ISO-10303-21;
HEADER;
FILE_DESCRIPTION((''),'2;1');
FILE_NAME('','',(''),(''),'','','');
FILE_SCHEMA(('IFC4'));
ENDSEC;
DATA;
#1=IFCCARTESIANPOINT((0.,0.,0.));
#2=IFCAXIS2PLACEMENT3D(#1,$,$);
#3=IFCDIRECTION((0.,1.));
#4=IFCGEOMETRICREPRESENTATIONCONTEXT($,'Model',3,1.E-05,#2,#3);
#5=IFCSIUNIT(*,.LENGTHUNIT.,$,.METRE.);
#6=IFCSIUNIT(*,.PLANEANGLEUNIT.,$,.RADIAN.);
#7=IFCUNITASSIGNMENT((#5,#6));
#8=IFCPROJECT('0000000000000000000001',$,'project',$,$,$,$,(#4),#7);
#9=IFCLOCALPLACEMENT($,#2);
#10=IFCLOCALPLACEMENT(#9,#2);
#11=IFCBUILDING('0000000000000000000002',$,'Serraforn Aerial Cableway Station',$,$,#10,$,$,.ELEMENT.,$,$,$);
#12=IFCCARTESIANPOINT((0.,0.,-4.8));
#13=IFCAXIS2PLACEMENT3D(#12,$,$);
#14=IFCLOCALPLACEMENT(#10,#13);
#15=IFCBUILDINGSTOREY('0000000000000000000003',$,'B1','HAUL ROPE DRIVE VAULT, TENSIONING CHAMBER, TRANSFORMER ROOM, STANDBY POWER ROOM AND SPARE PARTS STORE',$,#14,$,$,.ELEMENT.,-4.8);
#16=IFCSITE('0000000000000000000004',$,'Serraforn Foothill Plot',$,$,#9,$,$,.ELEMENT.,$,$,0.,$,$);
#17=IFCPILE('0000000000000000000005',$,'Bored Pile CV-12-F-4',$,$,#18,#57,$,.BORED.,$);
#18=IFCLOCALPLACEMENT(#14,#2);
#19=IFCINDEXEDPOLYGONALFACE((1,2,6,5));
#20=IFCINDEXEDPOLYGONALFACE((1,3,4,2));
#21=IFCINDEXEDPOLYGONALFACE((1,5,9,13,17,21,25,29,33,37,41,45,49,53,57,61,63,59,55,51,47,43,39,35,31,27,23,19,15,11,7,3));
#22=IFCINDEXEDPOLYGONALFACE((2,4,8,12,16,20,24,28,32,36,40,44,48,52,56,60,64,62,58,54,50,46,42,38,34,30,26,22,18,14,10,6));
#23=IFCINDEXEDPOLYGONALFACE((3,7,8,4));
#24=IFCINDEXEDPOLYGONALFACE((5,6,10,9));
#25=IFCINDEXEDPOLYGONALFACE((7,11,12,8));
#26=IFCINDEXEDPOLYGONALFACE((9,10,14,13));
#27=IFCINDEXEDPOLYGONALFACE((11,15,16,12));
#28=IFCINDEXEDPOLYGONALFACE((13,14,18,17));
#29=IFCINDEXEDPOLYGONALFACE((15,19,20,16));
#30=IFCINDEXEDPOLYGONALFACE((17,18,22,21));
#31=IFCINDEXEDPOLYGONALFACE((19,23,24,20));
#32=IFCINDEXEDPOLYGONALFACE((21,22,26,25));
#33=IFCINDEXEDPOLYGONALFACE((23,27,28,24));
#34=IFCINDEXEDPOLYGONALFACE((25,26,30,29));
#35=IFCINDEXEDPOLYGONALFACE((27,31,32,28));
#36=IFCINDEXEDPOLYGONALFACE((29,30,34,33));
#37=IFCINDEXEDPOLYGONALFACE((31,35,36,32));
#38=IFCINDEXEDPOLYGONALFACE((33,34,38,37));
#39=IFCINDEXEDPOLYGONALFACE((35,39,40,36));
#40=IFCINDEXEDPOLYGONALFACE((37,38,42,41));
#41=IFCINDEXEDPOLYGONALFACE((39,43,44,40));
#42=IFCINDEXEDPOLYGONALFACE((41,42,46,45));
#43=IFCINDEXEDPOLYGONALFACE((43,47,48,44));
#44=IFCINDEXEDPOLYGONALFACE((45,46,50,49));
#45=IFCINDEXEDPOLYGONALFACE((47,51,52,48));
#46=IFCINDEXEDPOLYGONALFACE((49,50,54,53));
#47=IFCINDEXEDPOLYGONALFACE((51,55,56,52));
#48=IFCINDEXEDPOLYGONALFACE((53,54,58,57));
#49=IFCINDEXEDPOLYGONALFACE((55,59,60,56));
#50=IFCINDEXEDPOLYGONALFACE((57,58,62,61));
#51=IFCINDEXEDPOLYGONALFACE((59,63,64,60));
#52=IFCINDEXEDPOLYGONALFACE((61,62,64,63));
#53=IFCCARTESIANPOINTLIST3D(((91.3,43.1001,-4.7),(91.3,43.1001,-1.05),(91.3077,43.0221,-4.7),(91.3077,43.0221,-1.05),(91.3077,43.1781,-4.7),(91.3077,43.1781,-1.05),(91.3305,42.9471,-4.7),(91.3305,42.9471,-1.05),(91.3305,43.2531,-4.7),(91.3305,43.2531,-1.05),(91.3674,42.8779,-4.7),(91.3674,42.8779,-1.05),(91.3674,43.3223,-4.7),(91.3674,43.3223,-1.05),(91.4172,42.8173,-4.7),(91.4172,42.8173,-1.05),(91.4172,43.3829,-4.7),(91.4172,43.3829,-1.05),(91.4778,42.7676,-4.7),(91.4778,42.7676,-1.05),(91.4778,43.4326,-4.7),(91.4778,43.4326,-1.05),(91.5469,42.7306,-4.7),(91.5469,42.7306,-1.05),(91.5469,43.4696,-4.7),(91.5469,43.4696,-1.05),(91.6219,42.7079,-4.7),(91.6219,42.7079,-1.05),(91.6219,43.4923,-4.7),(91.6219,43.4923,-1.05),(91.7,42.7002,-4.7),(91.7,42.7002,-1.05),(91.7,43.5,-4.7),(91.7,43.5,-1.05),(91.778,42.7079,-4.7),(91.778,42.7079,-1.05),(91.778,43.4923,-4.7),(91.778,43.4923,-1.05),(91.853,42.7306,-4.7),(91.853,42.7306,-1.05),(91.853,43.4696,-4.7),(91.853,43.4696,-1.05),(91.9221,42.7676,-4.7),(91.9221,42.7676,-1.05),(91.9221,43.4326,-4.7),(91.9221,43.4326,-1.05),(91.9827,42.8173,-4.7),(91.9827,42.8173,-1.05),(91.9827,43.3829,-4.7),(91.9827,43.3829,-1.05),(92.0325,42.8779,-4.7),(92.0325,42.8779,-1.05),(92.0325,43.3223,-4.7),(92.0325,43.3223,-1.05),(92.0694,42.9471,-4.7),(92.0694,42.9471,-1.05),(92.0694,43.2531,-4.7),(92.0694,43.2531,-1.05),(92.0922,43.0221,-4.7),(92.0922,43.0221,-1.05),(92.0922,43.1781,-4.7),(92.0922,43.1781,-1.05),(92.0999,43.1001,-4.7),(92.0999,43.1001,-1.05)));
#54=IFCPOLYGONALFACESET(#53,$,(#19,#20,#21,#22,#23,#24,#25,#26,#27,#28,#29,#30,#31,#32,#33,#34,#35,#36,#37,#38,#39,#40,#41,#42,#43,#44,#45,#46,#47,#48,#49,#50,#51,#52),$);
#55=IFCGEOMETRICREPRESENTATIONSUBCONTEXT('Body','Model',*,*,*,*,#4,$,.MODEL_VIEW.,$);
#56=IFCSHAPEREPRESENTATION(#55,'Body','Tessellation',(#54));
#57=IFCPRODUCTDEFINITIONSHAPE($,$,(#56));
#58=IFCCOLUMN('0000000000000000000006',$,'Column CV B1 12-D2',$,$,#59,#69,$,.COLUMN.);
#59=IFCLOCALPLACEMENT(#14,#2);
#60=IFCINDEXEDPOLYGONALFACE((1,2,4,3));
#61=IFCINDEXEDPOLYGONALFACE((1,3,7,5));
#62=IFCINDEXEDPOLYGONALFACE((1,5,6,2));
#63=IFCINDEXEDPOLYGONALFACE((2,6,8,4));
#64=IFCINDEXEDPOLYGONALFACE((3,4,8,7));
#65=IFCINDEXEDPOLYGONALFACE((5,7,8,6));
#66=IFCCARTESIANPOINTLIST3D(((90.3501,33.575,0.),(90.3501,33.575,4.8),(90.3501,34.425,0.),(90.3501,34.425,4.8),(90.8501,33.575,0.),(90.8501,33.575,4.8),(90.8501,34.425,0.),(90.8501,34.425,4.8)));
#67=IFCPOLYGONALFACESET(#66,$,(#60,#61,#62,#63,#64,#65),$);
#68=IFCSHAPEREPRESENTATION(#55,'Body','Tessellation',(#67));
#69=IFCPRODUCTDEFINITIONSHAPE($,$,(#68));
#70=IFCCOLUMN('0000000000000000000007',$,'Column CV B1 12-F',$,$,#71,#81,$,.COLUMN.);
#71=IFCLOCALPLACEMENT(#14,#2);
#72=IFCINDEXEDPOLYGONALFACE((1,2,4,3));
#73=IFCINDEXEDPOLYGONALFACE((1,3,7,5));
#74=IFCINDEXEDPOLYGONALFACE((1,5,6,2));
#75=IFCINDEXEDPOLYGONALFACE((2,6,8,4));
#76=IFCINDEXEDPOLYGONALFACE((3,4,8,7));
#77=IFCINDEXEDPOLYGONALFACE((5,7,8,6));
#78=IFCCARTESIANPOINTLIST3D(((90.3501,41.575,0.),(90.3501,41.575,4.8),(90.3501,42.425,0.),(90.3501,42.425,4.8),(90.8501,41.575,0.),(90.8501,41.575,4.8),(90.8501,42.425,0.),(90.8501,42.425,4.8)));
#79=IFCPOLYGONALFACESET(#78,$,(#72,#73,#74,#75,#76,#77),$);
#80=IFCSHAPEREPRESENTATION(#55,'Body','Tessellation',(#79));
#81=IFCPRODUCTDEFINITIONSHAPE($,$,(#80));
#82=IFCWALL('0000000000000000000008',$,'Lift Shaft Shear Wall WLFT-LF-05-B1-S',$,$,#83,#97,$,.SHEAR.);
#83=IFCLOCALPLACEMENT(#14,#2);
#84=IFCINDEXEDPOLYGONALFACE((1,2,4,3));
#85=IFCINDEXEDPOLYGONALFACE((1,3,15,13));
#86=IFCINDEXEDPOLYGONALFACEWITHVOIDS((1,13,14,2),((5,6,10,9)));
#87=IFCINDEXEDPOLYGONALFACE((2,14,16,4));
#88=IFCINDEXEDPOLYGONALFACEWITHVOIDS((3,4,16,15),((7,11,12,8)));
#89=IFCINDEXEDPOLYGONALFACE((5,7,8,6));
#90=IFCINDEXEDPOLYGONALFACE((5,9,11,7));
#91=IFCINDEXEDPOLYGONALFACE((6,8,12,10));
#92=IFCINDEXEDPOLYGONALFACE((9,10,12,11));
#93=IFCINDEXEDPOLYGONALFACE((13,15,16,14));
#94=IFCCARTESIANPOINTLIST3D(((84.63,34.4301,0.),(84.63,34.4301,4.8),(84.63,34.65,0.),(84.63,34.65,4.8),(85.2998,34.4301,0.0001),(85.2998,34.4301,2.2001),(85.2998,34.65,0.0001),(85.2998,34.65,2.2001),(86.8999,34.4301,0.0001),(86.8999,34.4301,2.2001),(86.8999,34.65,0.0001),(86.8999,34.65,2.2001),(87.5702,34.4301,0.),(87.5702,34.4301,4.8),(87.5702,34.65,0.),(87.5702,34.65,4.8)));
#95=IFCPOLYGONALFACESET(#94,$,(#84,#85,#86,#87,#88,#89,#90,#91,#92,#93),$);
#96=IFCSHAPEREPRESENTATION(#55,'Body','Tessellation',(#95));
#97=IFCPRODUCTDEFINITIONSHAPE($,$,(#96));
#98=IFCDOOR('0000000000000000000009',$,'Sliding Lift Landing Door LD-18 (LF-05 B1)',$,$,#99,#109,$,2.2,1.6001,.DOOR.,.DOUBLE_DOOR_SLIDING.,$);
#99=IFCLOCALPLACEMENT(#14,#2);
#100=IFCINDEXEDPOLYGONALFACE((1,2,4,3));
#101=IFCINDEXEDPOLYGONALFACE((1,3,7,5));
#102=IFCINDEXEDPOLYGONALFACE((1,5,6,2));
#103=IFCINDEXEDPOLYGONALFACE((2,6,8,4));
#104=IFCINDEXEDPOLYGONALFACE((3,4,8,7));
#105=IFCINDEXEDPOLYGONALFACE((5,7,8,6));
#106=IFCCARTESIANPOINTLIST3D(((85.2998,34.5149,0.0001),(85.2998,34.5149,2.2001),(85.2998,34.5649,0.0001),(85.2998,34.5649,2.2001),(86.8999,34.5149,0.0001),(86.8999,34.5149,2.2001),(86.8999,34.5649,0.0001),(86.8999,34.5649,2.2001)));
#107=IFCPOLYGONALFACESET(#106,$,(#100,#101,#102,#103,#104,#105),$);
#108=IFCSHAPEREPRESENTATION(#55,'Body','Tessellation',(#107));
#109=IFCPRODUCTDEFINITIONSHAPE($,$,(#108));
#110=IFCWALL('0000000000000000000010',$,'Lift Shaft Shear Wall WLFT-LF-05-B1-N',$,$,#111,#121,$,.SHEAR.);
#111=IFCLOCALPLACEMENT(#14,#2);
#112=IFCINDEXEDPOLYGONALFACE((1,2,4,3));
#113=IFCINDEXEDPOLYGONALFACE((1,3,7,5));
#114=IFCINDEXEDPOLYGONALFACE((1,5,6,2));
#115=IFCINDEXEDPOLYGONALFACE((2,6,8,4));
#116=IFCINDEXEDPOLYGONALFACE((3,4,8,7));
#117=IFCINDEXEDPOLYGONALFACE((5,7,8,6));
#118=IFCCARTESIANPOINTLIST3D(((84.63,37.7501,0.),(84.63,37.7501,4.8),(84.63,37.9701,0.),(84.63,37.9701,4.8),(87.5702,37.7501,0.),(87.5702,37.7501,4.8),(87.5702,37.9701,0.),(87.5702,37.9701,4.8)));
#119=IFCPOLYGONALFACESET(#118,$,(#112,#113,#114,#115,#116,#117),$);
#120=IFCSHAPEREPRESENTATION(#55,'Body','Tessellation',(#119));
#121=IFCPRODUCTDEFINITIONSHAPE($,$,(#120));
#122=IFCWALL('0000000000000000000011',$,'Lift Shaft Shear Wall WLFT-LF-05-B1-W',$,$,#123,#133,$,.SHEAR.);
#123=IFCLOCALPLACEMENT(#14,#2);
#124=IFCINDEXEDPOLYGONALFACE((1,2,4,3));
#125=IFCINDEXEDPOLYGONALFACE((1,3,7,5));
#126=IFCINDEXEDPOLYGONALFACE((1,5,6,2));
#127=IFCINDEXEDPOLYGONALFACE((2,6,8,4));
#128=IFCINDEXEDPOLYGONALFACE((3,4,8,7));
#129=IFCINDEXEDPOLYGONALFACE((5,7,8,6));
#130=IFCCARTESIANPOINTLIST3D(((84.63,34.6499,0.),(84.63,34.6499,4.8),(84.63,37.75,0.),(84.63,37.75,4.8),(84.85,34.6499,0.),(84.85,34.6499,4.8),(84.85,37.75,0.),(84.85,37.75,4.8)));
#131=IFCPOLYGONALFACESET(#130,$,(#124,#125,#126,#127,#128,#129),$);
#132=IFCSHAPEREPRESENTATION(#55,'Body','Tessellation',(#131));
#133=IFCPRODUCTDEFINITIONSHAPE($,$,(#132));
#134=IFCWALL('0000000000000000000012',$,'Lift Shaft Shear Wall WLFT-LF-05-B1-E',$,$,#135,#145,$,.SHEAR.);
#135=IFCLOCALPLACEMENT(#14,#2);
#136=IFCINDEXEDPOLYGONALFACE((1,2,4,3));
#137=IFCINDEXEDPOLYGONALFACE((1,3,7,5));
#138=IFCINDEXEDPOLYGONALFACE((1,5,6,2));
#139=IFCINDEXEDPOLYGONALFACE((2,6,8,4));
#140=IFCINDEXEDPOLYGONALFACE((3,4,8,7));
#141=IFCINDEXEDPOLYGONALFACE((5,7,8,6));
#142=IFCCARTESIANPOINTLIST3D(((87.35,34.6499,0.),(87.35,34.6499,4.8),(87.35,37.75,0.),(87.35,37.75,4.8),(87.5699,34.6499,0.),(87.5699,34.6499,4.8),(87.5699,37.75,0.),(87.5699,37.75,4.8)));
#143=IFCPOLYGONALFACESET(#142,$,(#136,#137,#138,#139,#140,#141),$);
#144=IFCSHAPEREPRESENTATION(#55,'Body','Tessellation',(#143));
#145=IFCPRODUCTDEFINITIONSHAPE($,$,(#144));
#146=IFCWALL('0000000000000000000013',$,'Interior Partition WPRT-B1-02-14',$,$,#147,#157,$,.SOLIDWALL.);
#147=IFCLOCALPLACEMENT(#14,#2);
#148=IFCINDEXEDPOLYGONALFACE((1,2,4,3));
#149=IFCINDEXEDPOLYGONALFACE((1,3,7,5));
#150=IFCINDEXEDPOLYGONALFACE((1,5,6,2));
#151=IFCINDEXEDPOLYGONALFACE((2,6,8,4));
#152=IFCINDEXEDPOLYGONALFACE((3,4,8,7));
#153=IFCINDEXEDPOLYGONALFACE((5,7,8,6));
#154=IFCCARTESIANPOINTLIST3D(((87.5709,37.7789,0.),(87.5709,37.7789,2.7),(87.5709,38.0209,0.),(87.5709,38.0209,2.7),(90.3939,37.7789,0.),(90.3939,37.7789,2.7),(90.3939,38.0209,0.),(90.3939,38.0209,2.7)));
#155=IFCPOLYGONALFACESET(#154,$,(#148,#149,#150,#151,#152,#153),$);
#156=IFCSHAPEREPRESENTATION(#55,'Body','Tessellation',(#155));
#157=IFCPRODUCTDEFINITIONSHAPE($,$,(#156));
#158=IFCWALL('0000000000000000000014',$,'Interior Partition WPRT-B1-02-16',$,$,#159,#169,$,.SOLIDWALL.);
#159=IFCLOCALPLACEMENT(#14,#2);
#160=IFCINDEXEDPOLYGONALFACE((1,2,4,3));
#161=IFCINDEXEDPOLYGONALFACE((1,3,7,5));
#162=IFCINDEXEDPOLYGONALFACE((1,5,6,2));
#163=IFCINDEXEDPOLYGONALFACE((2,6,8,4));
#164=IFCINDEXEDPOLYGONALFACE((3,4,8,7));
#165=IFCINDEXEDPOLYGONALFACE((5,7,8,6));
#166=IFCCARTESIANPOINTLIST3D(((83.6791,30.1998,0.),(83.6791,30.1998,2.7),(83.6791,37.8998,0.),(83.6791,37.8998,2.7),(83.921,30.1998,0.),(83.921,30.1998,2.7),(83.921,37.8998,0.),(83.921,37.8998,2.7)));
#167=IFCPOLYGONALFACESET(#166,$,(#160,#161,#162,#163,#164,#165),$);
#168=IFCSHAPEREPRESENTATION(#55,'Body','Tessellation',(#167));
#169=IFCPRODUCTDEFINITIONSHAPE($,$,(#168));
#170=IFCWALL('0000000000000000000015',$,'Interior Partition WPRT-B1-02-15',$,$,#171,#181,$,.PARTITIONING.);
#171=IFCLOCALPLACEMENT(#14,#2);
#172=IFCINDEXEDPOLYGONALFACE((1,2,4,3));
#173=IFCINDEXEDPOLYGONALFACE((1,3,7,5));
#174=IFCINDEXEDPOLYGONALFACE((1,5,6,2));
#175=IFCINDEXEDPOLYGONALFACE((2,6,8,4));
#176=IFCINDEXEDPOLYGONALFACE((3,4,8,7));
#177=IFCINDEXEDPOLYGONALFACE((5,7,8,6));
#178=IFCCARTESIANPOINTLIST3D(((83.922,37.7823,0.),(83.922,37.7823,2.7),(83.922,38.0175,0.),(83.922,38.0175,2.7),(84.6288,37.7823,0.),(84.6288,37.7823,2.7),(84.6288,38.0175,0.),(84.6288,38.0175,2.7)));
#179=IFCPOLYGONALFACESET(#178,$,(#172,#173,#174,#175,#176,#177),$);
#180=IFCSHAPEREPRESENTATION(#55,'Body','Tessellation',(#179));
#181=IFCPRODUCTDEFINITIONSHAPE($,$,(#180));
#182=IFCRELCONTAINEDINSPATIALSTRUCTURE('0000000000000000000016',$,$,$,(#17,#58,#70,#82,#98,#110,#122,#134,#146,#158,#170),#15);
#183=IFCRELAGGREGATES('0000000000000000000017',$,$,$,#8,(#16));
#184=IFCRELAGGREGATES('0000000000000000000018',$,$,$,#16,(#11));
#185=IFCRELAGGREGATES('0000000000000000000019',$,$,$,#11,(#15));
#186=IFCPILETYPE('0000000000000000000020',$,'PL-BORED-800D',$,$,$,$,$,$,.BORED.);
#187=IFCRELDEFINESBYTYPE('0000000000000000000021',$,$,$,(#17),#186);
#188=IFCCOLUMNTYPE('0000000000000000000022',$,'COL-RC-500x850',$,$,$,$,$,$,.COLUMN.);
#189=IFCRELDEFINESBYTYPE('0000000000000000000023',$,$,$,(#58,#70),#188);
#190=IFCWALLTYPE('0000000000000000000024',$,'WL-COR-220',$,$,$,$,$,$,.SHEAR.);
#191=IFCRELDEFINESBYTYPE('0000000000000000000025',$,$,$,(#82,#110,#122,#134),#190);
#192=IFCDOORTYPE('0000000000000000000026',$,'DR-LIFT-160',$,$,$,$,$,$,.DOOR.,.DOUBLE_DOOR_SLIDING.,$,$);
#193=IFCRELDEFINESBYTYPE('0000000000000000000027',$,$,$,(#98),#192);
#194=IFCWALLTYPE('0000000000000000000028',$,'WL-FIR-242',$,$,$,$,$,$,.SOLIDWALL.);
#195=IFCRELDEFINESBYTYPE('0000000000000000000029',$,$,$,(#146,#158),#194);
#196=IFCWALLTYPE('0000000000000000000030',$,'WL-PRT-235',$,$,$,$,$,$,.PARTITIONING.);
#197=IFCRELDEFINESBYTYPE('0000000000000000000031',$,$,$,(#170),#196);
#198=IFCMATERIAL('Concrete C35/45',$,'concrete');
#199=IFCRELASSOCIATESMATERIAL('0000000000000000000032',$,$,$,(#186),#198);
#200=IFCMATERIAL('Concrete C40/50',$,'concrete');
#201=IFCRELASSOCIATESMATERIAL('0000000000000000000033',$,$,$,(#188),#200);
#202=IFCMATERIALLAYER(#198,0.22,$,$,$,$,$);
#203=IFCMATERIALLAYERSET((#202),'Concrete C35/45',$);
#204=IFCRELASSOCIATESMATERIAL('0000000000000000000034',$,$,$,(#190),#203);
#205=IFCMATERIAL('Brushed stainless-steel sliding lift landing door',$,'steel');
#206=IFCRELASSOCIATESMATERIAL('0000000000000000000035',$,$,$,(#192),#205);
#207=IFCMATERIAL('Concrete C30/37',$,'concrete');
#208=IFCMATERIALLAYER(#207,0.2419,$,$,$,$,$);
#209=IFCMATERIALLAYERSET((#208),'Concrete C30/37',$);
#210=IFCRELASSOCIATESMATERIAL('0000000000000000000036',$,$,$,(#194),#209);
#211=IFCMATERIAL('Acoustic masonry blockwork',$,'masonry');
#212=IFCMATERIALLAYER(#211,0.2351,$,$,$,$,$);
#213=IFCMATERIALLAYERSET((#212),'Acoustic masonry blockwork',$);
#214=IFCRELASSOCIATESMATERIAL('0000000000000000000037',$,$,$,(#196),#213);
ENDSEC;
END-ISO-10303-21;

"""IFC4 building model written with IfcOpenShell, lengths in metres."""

from ifc_helpers import new_model, si_unit, direction, frame, frame_2d, origin, origin_2d, place, context, subcontext, project, spatial, rectangle, circle, extrude, material, layer, layer_set, material_profile, profile_set, type_object, element, fill, save


model = new_model("IFC4")

# Units and contexts
model_context = context("Model", 3, precision=1e-05, world=origin(), true_north=direction((0.0, 1.0)))
body_context = subcontext(model_context, "Body", "Model", "MODEL_VIEW")
ifc_project = project(units=[si_unit("LENGTHUNIT", "METRE"), si_unit("PLANEANGLEUNIT", "RADIAN")], contexts=[model_context])

# Site, building, storey
site_placement = place(None, origin())
site = spatial("IfcSite", under=ifc_project, at=site_placement, Name="Serraforn Foothill Plot", CompositionType="ELEMENT", RefElevation=0.0)
building_placement = place(site_placement, origin())
building = spatial("IfcBuilding", under=site, at=building_placement, Name="Serraforn Aerial Cableway Station", CompositionType="ELEMENT")
storey_placement = place(building_placement, frame((0.0, 0.0, -4.8)))
storey = spatial("IfcBuildingStorey", under=building, at=storey_placement, Name="B1", Description="HAUL ROPE DRIVE VAULT, TENSIONING CHAMBER, TRANSFORMER ROOM, STANDBY POWER ROOM AND SPARE PARTS STORE", CompositionType="ELEMENT", Elevation=-4.8)

# Shared definitions
ifc_material_1 = material(Name="Concrete C35/45", Category="concrete")
ifc_material_2 = material(Name="Concrete C40/50", Category="concrete")

# Pile
ifc_material_profile_1 = material_profile(ifc_material_1, circle(Radius=0.3999, at=origin_2d()), Name="BORED PILE D800")
ifc_profile_set_1 = profile_set([ifc_material_profile_1], Name="Concrete C35/45")
pile_type_1 = type_object("IfcPileType", Name="PL-BORED-800D", PredefinedType="BORED", material=ifc_profile_set_1)
for number, where, z_axis, x_axis, name in (
    (1, (91.7, 43.1001, -1.05), (0.0, 0.0, -1.0), (1.0, 0.0, 0.0), "Bored Pile CV-12-F-4"),
):
    element("IfcPile", number, at=place(storey_placement, frame(where, z_axis=z_axis, x_axis=x_axis)), inside=storey, type_object=pile_type_1, Name=name, PredefinedType="BORED", context=body_context, shape_type="SweptSolid", body=[
        extrude(circle(Radius=0.3999, at=origin_2d()), origin(), (0.0, 0.0, 1.0), 3.6499),
    ])

# Columns
ifc_material_profile_2 = material_profile(ifc_material_2, rectangle(XDim=0.5, YDim=0.8501, at=origin_2d()), Name="RC 500x850")
ifc_profile_set_2 = profile_set([ifc_material_profile_2], Name="Concrete C40/50")
column_type = type_object("IfcColumnType", Name="COL-RC-500x850", PredefinedType="COLUMN", material=ifc_profile_set_2)
for number, where, z_axis, x_axis, name in (
    (2, (90.6001, 34.0, 0.0), (0.0, 0.0, 1.0), (1.0, 0.0, 0.0), "Column CV B1 12-D2"),
    (3, (90.6001, 42.0, 0.0), (0.0, 0.0, 1.0), (1.0, 0.0, 0.0), "Column CV B1 12-F"),
):
    element("IfcColumn", number, at=place(storey_placement, frame(where, z_axis=z_axis, x_axis=x_axis)), inside=storey, type_object=column_type, Name=name, PredefinedType="COLUMN", context=body_context, shape_type="SweptSolid", body=[
        extrude(rectangle(XDim=0.5, YDim=0.8501, at=origin_2d()), origin(), (0.0, 0.0, 1.0), 4.8),
    ])

# Wall, opening, door
ifc_layer_1 = layer(ifc_material_1, 0.22)
ifc_layer_set_1 = layer_set([ifc_layer_1], Name="Concrete C35/45")
wall_type_1 = type_object("IfcWallType", Name="WL-COR-220", PredefinedType="SHEAR", material=ifc_layer_set_1)
wall_1_placement = place(storey_placement, frame((84.6299, 34.54, 0.0), z_axis=(0.0, 0.0, 1.0), x_axis=(1.0, 0.0, 0.0)))
wall_1 = element("IfcWall", 4, at=wall_1_placement, inside=storey, type_object=wall_type_1, Name="Lift Shaft Shear Wall WLFT-LF-05-B1-S", PredefinedType="SHEAR", context=body_context, shape_type="SweptSolid", body=[
    extrude(rectangle(XDim=2.9402, YDim=0.22, at=frame_2d((1.4702, 0.0))), origin(), (0.0, 0.0, 1.0), 4.8),
])
opening_placement = place(wall_1_placement, frame((0.6699, 0.0, 0.0)))
opening = element("IfcOpeningElement", 5, at=opening_placement, cuts=wall_1, PredefinedType="OPENING", context=body_context, shape_type="SweptSolid", body=[
    extrude(rectangle(XDim=1.6001, YDim=2.2, at=frame_2d((0.8, 1.1001))), frame((0.0, 0.1199, 0.0), z_axis=(0.0, -1.0, 0.0), x_axis=(1.0, 0.0, 0.0)), (0.0, 0.0, 1.0), 0.24),
])
ifc_material_3 = material(Name="Brushed stainless-steel sliding lift landing door", Category="steel")
door_type = type_object("IfcDoorType", Name="DR-LIFT-160", OperationType="DOUBLE_DOOR_SLIDING", PredefinedType="DOOR", material=ifc_material_3)
door_placement = place(opening_placement, origin())
door = element("IfcDoor", 6, at=door_placement, inside=storey, type_object=door_type, Name="Sliding Lift Landing Door LD-18 (LF-05 B1)", OperationType="DOUBLE_DOOR_SLIDING", OverallHeight=2.2, OverallWidth=1.6001, PredefinedType="DOOR", context=body_context, shape_type="SweptSolid", body=[
    extrude(rectangle(XDim=1.6001, YDim=2.2, at=frame_2d((0.8, 1.1001))), frame((0.0, 0.0249, 0.0), z_axis=(0.0, -1.0, 0.0), x_axis=(1.0, 0.0, 0.0)), (0.0, 0.0, 1.0), 0.05),
])
fill(opening, door)

# Walls
wall_2_placement = place(storey_placement, frame((84.6299, 37.8601, 0.0), z_axis=(0.0, 0.0, 1.0), x_axis=(1.0, 0.0, 0.0)))
element("IfcWall", 7, at=wall_2_placement, inside=storey, type_object=wall_type_1, Name="Lift Shaft Shear Wall WLFT-LF-05-B1-N", PredefinedType="SHEAR", context=body_context, shape_type="SweptSolid", body=[
    extrude(rectangle(XDim=2.9402, YDim=0.22, at=frame_2d((1.4702, 0.0))), origin(), (0.0, 0.0, 1.0), 4.8),
])
for number, where, z_axis, x_axis, name in (
    (8, (84.74, 34.6499, 0.0), (0.0, 0.0, 1.0), (0.0, 1.0, 0.0), "Lift Shaft Shear Wall WLFT-LF-05-B1-W"),
    (9, (87.46, 34.6499, 0.0), (0.0, 0.0, 1.0), (0.0, 1.0, 0.0), "Lift Shaft Shear Wall WLFT-LF-05-B1-E"),
):
    element("IfcWall", number, at=place(storey_placement, frame(where, z_axis=z_axis, x_axis=x_axis)), inside=storey, type_object=wall_type_1, Name=name, PredefinedType="SHEAR", context=body_context, shape_type="SweptSolid", body=[
        extrude(rectangle(XDim=3.1001, YDim=0.22, at=frame_2d((1.55, 0.0))), origin(), (0.0, 0.0, 1.0), 4.8),
    ])
ifc_material_4 = material(Name="Concrete C30/37", Category="concrete")
ifc_layer_2 = layer(ifc_material_4, 0.2419)
ifc_layer_set_2 = layer_set([ifc_layer_2], Name="Concrete C30/37")
wall_type_2 = type_object("IfcWallType", Name="WL-FIR-242", PredefinedType="SOLIDWALL", material=ifc_layer_set_2)
wall_3_placement = place(storey_placement, frame((90.394, 37.8999, 0.0), z_axis=(0.0, 0.0, 1.0), x_axis=(-1.0, 0.0, 0.0)))
element("IfcWall", 10, at=wall_3_placement, inside=storey, type_object=wall_type_2, Name="Interior Partition WPRT-B1-02-14", PredefinedType="SOLIDWALL", context=body_context, shape_type="SweptSolid", body=[
    extrude(rectangle(XDim=2.823, YDim=0.2419, at=frame_2d((1.4116, 0.0))), origin(), (0.0, 0.0, 1.0), 2.7),
])
wall_4_placement = place(storey_placement, frame((83.8, 37.8999, 0.0), z_axis=(0.0, 0.0, 1.0), x_axis=(0.0, -1.0, 0.0)))
element("IfcWall", 11, at=wall_4_placement, inside=storey, type_object=wall_type_2, Name="Interior Partition WPRT-B1-02-16", PredefinedType="SOLIDWALL", context=body_context, shape_type="SweptSolid", body=[
    extrude(rectangle(XDim=7.7, YDim=0.2419, at=frame_2d((3.8501, 0.0))), origin(), (0.0, 0.0, 1.0), 2.7),
])
ifc_material_5 = material(Name="Acoustic masonry blockwork", Category="masonry")
ifc_layer_3 = layer(ifc_material_5, 0.2351)
ifc_layer_set_3 = layer_set([ifc_layer_3], Name="Acoustic masonry blockwork")
wall_type_3 = type_object("IfcWallType", Name="WL-PRT-235", PredefinedType="PARTITIONING", material=ifc_layer_set_3)
wall_5_placement = place(storey_placement, frame((84.6289, 37.8999, 0.0), z_axis=(0.0, 0.0, 1.0), x_axis=(-1.0, 0.0, 0.0)))
element("IfcWall", 12, at=wall_5_placement, inside=storey, type_object=wall_type_3, Name="Interior Partition WPRT-B1-02-15", PredefinedType="PARTITIONING", context=body_context, shape_type="SweptSolid", body=[
    extrude(rectangle(XDim=0.7068, YDim=0.2351, at=frame_2d((0.3535, 0.0))), origin(), (0.0, 0.0, 1.0), 2.7),
])

save(model, "model.ifc")
